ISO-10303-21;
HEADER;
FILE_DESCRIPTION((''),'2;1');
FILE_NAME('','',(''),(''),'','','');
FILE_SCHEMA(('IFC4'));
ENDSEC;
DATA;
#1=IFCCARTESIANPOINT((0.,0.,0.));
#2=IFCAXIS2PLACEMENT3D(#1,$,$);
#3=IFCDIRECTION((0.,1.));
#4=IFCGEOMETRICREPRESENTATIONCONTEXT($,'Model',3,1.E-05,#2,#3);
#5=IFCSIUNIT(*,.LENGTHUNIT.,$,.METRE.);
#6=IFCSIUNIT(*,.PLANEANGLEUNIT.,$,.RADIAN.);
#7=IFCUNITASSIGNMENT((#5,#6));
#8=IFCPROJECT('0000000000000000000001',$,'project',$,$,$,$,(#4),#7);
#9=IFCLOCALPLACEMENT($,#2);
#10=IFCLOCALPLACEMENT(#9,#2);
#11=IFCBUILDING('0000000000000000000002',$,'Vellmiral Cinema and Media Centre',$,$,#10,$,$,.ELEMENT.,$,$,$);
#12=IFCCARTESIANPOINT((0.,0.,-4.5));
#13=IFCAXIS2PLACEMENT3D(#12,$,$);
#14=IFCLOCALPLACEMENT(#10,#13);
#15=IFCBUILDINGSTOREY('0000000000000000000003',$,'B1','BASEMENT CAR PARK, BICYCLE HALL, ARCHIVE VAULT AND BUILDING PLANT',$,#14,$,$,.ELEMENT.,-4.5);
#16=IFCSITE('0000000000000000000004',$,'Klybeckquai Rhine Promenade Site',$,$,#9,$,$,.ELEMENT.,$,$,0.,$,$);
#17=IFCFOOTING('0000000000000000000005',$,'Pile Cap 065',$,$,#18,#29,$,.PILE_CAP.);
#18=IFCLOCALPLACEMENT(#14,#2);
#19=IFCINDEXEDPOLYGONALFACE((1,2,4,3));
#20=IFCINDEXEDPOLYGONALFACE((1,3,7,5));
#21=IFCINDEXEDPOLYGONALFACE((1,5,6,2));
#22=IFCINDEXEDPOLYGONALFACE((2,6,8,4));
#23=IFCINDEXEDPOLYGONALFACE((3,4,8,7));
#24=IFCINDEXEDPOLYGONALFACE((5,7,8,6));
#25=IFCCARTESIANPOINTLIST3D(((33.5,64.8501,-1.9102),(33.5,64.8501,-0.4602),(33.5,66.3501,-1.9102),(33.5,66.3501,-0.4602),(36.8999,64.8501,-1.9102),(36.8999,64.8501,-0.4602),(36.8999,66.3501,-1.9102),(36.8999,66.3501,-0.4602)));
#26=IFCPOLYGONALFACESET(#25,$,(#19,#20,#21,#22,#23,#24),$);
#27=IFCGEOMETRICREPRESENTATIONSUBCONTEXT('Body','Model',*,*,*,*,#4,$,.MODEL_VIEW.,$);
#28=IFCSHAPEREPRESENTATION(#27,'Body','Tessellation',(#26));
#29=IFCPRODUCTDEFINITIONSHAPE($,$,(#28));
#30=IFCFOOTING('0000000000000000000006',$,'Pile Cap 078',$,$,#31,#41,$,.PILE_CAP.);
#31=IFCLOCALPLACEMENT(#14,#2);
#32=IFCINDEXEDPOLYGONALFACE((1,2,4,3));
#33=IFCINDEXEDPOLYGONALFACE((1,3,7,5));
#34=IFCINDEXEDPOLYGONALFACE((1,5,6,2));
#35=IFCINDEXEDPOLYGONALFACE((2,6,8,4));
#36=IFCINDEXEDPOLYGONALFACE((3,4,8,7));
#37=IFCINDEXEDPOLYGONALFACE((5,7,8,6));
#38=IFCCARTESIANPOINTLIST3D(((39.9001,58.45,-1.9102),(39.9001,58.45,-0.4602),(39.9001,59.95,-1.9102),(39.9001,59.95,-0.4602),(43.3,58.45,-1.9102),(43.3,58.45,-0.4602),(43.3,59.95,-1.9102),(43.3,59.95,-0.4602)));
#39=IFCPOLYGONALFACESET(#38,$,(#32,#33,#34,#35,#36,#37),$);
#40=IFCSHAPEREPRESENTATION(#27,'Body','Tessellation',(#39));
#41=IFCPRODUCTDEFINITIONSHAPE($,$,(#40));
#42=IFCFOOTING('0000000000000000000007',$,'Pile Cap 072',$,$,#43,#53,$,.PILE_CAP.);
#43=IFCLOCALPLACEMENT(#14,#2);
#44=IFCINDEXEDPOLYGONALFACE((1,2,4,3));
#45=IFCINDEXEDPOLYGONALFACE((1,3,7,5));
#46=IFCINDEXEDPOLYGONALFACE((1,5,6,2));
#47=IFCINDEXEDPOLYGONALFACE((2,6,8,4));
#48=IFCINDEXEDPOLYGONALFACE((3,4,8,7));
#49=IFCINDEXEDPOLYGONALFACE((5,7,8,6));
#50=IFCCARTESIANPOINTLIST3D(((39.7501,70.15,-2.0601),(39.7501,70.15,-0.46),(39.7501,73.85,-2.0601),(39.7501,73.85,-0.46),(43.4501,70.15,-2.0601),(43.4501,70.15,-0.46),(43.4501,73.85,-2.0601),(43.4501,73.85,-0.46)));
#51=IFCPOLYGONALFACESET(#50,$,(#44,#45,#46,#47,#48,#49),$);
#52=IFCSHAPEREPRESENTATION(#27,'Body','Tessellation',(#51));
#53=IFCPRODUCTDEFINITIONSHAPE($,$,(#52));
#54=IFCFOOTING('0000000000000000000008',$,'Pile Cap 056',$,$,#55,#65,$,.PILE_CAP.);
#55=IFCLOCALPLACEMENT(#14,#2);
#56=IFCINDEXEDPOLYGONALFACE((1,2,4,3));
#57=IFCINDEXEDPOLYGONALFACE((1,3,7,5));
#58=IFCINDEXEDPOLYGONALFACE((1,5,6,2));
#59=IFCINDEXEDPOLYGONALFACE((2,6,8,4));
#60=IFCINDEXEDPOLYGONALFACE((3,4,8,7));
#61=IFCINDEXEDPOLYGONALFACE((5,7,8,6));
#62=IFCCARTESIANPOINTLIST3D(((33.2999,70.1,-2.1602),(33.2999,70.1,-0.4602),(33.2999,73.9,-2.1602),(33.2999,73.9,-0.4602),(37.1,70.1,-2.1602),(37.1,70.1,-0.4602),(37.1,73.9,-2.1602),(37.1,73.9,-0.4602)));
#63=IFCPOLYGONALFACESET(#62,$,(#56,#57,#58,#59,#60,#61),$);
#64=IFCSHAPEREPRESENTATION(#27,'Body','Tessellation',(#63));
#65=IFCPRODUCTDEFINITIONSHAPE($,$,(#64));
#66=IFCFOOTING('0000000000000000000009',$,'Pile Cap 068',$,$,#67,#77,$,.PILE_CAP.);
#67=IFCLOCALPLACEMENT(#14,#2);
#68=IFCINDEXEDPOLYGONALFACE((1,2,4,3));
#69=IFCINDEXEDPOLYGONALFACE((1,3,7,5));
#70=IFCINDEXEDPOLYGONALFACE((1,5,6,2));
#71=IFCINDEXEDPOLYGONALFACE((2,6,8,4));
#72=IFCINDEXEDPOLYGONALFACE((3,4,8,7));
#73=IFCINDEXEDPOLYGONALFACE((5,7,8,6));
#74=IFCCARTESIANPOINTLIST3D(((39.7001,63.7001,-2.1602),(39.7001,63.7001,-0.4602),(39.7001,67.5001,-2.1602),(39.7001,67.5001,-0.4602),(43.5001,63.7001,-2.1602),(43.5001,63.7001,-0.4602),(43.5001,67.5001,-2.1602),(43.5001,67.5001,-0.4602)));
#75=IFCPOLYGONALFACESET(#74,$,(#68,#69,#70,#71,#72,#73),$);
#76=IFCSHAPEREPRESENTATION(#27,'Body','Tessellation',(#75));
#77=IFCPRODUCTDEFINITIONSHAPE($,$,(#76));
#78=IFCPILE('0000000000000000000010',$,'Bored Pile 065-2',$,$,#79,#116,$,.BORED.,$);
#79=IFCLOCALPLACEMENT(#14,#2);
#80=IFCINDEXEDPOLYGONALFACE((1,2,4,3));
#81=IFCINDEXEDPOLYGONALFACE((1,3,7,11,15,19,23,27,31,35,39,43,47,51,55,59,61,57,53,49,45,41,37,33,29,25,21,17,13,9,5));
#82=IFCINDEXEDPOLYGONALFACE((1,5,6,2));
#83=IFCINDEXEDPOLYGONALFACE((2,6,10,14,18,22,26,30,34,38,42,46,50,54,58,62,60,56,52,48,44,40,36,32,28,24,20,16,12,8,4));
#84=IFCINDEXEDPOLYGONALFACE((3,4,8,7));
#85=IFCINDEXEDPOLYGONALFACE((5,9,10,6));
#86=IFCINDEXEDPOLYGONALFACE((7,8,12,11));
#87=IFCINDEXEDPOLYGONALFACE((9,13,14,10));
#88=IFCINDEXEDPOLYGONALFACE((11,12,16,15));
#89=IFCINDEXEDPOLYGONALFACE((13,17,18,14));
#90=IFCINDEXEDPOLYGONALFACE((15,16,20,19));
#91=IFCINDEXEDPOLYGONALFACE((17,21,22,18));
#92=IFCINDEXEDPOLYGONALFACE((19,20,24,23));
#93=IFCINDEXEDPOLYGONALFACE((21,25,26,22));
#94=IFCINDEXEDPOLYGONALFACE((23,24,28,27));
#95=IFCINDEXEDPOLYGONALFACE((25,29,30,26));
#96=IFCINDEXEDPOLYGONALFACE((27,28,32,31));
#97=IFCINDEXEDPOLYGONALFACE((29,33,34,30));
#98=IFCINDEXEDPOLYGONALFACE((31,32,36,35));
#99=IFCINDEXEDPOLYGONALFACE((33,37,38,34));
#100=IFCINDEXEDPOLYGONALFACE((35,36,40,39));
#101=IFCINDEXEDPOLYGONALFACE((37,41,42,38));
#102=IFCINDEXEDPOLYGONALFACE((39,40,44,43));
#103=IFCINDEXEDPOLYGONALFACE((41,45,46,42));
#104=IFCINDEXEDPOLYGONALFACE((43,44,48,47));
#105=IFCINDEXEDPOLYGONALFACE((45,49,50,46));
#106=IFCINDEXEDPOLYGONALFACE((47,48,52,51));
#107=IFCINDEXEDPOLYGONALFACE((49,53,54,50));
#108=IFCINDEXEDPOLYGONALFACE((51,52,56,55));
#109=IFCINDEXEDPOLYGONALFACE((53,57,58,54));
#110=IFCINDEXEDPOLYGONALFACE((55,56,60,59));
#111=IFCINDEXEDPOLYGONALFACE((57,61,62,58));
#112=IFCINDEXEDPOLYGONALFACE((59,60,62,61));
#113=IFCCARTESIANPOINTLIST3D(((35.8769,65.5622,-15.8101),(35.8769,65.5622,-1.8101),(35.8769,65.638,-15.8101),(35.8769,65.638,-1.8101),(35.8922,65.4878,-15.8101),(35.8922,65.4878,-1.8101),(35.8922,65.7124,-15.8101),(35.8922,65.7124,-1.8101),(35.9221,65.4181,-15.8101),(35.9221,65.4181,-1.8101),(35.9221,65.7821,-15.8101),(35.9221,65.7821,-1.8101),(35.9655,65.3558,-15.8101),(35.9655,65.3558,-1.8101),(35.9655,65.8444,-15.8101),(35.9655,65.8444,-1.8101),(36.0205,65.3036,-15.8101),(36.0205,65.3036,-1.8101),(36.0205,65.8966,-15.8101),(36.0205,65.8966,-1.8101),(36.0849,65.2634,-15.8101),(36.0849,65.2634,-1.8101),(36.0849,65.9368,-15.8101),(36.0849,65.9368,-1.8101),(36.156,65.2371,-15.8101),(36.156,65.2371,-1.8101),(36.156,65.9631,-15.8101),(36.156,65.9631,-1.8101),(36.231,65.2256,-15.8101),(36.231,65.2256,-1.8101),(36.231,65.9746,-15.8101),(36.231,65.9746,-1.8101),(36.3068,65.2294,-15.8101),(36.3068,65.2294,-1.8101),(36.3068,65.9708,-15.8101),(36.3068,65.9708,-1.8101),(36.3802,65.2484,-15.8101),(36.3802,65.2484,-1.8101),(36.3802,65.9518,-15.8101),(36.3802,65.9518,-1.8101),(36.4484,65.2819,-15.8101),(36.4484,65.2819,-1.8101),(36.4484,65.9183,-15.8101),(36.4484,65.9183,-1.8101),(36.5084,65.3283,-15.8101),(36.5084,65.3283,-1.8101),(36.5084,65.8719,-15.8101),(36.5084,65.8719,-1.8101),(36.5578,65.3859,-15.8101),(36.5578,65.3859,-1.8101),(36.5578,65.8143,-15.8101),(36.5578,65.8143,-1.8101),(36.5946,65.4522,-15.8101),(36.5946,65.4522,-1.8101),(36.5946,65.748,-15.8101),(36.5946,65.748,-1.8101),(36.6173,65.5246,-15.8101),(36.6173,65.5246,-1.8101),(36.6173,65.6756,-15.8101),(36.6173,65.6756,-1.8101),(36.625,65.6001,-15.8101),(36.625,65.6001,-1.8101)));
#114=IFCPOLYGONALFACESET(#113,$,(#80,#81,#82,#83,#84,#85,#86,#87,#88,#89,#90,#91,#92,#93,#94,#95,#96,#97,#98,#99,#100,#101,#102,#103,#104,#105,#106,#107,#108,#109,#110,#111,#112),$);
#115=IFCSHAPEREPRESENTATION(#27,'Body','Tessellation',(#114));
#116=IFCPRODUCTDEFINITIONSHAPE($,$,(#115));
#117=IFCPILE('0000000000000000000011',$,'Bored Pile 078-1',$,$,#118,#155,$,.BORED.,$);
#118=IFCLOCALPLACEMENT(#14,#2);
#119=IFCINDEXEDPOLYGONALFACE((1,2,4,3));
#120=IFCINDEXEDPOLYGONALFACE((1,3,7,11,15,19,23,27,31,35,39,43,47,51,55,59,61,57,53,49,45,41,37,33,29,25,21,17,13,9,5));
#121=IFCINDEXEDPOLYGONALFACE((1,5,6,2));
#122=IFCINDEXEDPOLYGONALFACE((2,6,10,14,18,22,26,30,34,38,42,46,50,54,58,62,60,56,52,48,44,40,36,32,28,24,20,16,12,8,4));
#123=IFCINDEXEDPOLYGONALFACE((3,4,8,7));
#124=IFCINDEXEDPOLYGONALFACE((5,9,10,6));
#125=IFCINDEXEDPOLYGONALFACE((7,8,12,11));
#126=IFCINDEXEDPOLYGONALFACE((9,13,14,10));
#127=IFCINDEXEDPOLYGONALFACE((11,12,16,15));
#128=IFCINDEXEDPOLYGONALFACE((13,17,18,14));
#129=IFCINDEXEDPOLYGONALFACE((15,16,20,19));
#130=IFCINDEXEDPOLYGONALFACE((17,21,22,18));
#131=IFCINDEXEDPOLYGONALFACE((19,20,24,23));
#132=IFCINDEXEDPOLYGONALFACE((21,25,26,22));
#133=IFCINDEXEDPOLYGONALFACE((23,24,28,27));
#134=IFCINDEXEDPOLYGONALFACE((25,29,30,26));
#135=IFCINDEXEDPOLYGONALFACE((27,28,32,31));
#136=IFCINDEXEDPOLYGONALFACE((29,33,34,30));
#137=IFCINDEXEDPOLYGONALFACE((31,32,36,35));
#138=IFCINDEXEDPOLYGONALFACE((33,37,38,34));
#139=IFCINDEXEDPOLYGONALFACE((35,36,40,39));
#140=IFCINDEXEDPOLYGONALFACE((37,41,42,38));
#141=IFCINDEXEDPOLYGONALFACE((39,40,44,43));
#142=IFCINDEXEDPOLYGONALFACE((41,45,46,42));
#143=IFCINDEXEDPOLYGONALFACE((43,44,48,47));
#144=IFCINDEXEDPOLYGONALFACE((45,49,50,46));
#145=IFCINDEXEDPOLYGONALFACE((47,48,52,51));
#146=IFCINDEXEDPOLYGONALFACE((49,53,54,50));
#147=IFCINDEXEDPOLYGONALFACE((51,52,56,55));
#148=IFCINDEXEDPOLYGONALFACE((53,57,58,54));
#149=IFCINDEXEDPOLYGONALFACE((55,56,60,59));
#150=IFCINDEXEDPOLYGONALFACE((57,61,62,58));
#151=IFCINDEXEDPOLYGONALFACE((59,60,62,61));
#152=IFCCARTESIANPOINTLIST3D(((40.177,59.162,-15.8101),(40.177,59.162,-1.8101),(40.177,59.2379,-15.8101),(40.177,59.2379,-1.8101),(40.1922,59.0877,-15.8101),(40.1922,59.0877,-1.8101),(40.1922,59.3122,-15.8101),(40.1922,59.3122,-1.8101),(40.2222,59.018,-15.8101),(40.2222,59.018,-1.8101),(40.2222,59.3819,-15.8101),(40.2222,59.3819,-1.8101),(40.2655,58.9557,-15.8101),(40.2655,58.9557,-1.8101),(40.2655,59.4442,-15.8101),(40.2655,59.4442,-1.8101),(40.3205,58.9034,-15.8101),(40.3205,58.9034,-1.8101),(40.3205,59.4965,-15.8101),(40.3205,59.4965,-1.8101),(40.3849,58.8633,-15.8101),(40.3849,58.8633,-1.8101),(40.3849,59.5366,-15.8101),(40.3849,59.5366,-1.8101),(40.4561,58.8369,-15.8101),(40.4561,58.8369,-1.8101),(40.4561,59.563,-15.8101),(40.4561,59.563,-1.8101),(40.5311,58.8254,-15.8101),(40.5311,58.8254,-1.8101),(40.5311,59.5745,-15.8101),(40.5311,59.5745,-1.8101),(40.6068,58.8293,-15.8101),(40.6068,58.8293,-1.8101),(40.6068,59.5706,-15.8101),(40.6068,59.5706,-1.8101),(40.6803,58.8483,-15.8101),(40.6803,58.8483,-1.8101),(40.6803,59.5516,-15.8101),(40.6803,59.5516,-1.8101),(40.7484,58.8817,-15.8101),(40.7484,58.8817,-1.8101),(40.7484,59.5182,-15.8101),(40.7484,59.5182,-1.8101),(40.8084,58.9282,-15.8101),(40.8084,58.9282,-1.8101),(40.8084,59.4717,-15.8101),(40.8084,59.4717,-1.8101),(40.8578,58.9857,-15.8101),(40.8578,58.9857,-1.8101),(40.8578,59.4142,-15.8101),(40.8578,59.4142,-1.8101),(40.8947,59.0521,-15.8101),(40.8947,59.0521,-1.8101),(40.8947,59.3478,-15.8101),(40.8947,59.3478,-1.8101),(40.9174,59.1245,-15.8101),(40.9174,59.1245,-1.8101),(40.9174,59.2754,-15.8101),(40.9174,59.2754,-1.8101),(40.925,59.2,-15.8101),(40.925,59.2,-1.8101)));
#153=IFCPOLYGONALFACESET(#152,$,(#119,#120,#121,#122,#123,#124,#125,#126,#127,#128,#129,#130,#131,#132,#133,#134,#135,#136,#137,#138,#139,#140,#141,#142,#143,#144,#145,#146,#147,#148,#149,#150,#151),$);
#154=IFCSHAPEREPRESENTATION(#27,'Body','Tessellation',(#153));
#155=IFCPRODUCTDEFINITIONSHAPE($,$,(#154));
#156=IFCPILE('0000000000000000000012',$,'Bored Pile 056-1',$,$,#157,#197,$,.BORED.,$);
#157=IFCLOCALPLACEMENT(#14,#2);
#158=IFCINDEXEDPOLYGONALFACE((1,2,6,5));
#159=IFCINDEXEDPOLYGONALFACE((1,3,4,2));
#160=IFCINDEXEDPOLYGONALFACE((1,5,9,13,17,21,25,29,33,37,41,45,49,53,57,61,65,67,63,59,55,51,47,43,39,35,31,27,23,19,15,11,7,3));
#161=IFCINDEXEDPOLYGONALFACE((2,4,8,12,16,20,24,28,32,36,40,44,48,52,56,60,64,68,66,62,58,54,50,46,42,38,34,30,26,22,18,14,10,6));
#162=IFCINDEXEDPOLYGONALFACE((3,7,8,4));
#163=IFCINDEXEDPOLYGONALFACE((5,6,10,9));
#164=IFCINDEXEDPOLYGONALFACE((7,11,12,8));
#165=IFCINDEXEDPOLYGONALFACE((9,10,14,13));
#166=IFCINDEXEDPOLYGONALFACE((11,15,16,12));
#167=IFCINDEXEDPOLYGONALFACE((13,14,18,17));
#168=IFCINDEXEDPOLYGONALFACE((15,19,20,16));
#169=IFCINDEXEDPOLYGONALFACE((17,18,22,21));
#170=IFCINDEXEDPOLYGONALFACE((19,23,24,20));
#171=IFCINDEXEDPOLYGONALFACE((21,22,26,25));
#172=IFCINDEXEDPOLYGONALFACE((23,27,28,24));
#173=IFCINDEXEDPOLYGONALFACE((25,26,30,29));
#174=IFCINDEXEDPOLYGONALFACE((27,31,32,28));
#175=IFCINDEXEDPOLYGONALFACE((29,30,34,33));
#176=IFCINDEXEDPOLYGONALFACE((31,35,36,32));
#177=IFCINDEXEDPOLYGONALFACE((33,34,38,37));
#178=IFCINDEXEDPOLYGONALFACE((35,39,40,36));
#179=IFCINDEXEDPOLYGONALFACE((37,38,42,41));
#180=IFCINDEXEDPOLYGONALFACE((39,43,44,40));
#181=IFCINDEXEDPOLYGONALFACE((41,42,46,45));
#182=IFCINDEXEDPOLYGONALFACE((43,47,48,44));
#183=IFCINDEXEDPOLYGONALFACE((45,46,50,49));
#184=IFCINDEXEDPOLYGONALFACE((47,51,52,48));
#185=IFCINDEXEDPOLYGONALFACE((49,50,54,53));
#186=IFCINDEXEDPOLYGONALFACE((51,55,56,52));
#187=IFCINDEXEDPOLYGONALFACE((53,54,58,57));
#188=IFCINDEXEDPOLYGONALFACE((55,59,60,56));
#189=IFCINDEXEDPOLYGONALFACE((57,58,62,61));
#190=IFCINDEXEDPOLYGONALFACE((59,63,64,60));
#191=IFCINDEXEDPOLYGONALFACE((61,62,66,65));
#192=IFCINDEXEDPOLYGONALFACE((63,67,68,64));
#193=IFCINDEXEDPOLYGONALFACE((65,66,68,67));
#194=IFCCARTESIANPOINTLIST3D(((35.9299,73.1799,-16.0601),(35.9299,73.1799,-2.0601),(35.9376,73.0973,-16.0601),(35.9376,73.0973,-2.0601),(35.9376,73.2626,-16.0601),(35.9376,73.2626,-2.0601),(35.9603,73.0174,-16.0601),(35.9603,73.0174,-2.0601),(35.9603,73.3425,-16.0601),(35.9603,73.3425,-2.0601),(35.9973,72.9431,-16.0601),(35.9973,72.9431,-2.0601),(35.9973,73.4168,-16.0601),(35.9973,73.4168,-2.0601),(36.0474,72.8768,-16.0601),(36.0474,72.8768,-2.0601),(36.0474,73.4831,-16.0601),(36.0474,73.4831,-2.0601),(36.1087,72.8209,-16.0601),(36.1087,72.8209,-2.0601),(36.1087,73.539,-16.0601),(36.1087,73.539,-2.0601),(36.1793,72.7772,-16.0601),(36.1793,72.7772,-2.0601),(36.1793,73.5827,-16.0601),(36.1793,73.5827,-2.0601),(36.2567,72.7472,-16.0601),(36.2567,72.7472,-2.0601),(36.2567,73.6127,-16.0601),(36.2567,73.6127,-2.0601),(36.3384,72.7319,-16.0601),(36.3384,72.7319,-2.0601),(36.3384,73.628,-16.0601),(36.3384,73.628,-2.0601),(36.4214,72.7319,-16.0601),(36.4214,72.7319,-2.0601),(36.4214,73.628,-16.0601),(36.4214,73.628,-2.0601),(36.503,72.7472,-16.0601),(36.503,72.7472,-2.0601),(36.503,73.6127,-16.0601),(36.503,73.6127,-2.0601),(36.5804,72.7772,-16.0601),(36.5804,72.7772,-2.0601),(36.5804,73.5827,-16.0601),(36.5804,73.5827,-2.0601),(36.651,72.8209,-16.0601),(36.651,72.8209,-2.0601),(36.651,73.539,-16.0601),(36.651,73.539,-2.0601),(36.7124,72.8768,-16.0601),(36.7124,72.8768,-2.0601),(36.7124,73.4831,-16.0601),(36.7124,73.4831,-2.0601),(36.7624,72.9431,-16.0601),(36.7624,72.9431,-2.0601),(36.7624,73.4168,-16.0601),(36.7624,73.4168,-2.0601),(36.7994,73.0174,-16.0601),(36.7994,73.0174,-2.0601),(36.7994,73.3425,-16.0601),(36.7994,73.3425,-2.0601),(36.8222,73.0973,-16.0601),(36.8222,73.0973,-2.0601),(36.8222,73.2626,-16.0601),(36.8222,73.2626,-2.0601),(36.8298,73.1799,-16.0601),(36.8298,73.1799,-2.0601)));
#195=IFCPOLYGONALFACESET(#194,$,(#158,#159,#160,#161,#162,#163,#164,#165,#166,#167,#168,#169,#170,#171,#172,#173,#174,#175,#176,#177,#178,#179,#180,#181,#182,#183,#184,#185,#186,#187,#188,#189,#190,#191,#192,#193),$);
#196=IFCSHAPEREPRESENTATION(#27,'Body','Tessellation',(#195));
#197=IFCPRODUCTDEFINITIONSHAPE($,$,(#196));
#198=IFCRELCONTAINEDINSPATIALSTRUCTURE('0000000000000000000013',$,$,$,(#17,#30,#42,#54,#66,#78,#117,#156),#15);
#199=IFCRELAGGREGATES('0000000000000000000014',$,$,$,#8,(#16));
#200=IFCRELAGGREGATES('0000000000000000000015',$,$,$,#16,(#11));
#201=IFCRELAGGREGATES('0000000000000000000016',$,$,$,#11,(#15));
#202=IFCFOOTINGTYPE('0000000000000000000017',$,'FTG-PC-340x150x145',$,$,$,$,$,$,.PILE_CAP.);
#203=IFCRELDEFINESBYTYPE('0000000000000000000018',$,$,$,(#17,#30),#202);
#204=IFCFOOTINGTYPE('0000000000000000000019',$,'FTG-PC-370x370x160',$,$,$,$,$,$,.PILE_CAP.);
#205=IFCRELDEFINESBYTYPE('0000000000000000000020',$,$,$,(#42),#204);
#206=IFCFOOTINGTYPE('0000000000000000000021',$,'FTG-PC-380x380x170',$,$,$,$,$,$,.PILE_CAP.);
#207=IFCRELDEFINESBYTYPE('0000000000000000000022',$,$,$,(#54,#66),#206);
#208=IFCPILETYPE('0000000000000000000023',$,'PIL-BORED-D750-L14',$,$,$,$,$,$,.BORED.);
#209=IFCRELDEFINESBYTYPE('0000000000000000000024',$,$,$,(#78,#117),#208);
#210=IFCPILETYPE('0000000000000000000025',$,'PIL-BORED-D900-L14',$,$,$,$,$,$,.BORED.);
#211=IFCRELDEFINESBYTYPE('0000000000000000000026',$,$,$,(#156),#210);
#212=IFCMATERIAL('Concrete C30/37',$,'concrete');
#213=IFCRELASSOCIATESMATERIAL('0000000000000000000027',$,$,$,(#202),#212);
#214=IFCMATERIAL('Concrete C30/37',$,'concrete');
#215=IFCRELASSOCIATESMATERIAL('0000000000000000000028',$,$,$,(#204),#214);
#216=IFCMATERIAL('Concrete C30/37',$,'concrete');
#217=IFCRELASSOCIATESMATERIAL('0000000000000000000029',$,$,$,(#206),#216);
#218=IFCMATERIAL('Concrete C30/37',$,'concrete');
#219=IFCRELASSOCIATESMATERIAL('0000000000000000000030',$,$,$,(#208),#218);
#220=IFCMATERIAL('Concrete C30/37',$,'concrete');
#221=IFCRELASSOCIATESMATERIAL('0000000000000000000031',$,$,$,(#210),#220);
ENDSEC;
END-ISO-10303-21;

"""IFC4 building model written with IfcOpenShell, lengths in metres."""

from ifc_helpers import new_model, si_unit, direction, frame, origin, origin_2d, place, context, subcontext, project, spatial, rectangle, circle, extrude, material, material_profile, profile_set, type_object, element, save


model = new_model("IFC4")

# Units and contexts
model_context = context("Model", 3, precision=1e-05, world=origin(), true_north=direction((0.0, 1.0)))
body_context = subcontext(model_context, "Body", "Model", "MODEL_VIEW")
ifc_project = project(units=[si_unit("LENGTHUNIT", "METRE"), si_unit("PLANEANGLEUNIT", "RADIAN")], contexts=[model_context])

# Site, building, storey
site_placement = place(None, origin())
site = spatial("IfcSite", under=ifc_project, at=site_placement, Name="Klybeckquai Rhine Promenade Site", CompositionType="ELEMENT", RefElevation=0.0)
building_placement = place(site_placement, origin())
building = spatial("IfcBuilding", under=site, at=building_placement, Name="Vellmiral Cinema and Media Centre", CompositionType="ELEMENT")
storey_placement = place(building_placement, frame((0.0, 0.0, -4.5)))
storey = spatial("IfcBuildingStorey", under=building, at=storey_placement, Name="B1", Description="BASEMENT CAR PARK, BICYCLE HALL, ARCHIVE VAULT AND BUILDING PLANT", CompositionType="ELEMENT", Elevation=-4.5)

# Footings
ifc_material_1 = material(Name="Concrete C30/37", Category="concrete")
footing_type_1 = type_object("IfcFootingType", Name="FTG-PC-340x150x145", PredefinedType="PILE_CAP", material=ifc_material_1)
for number, where, z_axis, x_axis, name in (
    (1, (35.2, 65.6001, -1.9102), (0.0, 0.0, 1.0), (1.0, 0.0, 0.0), "Pile Cap 065"),
    (2, (41.6001, 59.2, -1.9102), (0.0, 0.0, 1.0), (1.0, 0.0, 0.0), "Pile Cap 078"),
):
    element("IfcFooting", number, at=place(storey_placement, frame(where, z_axis=z_axis, x_axis=x_axis)), inside=storey, type_object=footing_type_1, Name=name, PredefinedType="PILE_CAP", context=body_context, shape_type="SweptSolid", body=[
        extrude(rectangle(XDim=3.3999, YDim=1.5, at=origin_2d()), origin(), (0.0, 0.0, 1.0), 1.45),
    ])
ifc_material_2 = material(Name="Concrete C30/37", Category="concrete")
footing_type_2 = type_object("IfcFootingType", Name="FTG-PC-370x370x160", PredefinedType="PILE_CAP", material=ifc_material_2)
footing_placement = place(storey_placement, frame((41.6001, 72.0, -2.0601), z_axis=(0.0, 0.0, 1.0), x_axis=(1.0, 0.0, 0.0)))
element("IfcFooting", 3, at=footing_placement, inside=storey, type_object=footing_type_2, Name="Pile Cap 072", PredefinedType="PILE_CAP", context=body_context, shape_type="SweptSolid", body=[
    extrude(rectangle(XDim=3.7, YDim=3.7, at=origin_2d()), origin(), (0.0, 0.0, 1.0), 1.6001),
])
ifc_material_3 = material(Name="Concrete C30/37", Category="concrete")
footing_type_3 = type_object("IfcFootingType", Name="FTG-PC-380x380x170", PredefinedType="PILE_CAP", material=ifc_material_3)
for number, where, z_axis, x_axis, name in (
    (4, (35.2, 72.0, -2.1602), (0.0, 0.0, 1.0), (1.0, 0.0, 0.0), "Pile Cap 056"),
    (5, (41.6001, 65.6001, -2.1602), (0.0, 0.0, 1.0), (1.0, 0.0, 0.0), "Pile Cap 068"),
):
    element("IfcFooting", number, at=place(storey_placement, frame(where, z_axis=z_axis, x_axis=x_axis)), inside=storey, type_object=footing_type_3, Name=name, PredefinedType="PILE_CAP", context=body_context, shape_type="SweptSolid", body=[
        extrude(rectangle(XDim=3.8, YDim=3.8, at=origin_2d()), origin(), (0.0, 0.0, 1.0), 1.7),
    ])

# Piles
ifc_material_4 = material(Name="Concrete C30/37", Category="concrete")
ifc_material_profile_1 = material_profile(ifc_material_4, circle(Radius=0.375, at=origin_2d()), Name="PILE D750")
ifc_profile_set_1 = profile_set([ifc_material_profile_1], Name="Concrete C30/37")
pile_type_1 = type_object("IfcPileType", Name="PIL-BORED-D750-L14", PredefinedType="BORED", material=ifc_profile_set_1)
for number, where, z_axis, x_axis, name in (
    (6, (36.25, 65.6001, -1.8101), (0.0, 0.0, -1.0), (1.0, 0.0, 0.0), "Bored Pile 065-2"),
    (7, (40.55, 59.2, -1.8101), (0.0, 0.0, -1.0), (1.0, 0.0, 0.0), "Bored Pile 078-1"),
):
    element("IfcPile", number, at=place(storey_placement, frame(where, z_axis=z_axis, x_axis=x_axis)), inside=storey, type_object=pile_type_1, Name=name, PredefinedType="BORED", context=body_context, shape_type="SweptSolid", body=[
        extrude(circle(Radius=0.375, at=origin_2d()), origin(), (0.0, 0.0, 1.0), 14.0),
    ])
ifc_material_5 = material(Name="Concrete C30/37", Category="concrete")
ifc_material_profile_2 = material_profile(ifc_material_5, circle(Radius=0.45, at=origin_2d()), Name="PILE D900")
ifc_profile_set_2 = profile_set([ifc_material_profile_2], Name="Concrete C30/37")
pile_type_2 = type_object("IfcPileType", Name="PIL-BORED-D900-L14", PredefinedType="BORED", material=ifc_profile_set_2)
for number, where, z_axis, x_axis, name in (
    (8, (36.3799, 73.1799, -2.0601), (0.0, 0.0, -1.0), (1.0, 0.0, 0.0), "Bored Pile 056-1"),
):
    element("IfcPile", number, at=place(storey_placement, frame(where, z_axis=z_axis, x_axis=x_axis)), inside=storey, type_object=pile_type_2, Name=name, PredefinedType="BORED", context=body_context, shape_type="SweptSolid", body=[
        extrude(circle(Radius=0.45, at=origin_2d()), origin(), (0.0, 0.0, 1.0), 14.0),
    ])

save(model, "model.ifc")
